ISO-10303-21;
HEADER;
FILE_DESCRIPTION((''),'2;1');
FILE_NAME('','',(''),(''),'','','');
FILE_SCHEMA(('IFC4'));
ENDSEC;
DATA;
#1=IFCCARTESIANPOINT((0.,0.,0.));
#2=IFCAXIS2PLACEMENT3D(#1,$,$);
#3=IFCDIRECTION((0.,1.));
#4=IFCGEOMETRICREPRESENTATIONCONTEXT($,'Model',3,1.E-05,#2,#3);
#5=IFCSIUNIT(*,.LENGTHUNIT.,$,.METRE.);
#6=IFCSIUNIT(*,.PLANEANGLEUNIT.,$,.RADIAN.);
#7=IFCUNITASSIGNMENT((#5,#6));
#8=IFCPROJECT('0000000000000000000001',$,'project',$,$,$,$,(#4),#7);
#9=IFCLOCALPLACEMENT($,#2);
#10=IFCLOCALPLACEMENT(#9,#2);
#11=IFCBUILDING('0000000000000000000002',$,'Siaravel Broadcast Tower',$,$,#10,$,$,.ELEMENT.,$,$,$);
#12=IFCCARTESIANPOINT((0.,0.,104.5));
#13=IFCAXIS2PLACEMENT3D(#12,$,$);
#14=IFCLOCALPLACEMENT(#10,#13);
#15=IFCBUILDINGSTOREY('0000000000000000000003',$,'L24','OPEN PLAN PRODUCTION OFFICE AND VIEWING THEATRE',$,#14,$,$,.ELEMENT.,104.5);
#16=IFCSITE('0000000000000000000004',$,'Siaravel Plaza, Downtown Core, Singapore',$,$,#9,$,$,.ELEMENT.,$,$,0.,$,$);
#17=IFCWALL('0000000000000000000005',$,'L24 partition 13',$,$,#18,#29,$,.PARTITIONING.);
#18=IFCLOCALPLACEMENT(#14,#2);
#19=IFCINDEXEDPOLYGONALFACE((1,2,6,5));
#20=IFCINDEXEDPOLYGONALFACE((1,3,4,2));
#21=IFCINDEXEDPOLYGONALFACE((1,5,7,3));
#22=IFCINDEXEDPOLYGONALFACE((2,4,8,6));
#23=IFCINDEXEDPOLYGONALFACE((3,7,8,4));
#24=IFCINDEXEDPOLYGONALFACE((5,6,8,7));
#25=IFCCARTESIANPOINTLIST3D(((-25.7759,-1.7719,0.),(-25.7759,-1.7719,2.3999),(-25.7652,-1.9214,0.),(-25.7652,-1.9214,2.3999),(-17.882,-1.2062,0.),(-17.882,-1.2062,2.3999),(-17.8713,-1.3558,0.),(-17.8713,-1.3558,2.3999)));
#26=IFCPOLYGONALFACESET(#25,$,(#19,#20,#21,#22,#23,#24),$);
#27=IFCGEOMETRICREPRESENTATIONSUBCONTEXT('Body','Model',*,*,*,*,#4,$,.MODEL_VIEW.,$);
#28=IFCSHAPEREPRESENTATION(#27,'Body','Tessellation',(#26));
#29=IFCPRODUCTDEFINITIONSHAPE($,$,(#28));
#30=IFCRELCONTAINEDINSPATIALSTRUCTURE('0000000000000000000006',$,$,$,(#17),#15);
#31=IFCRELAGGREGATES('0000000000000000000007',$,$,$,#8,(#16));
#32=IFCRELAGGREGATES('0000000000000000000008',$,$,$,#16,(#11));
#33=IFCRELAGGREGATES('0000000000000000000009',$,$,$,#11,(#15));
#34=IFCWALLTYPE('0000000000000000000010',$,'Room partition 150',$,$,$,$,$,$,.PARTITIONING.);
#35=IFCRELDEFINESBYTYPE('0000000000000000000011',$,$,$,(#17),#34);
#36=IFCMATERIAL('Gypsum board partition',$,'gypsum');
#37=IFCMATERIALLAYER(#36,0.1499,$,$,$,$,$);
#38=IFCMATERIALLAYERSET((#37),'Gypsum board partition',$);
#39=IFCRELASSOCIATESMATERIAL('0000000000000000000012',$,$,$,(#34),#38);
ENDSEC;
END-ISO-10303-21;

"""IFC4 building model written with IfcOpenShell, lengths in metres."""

from ifc_helpers import new_model, si_unit, direction, frame, frame_2d, origin, place, context, subcontext, project, spatial, rectangle, extrude, material, layer, layer_set, type_object, element, save


model = new_model("IFC4")

# Units and contexts
model_context = context("Model", 3, precision=1e-05, world=origin(), true_north=direction((0.0, 1.0)))
body_context = subcontext(model_context, "Body", "Model", "MODEL_VIEW")
ifc_project = project(units=[si_unit("LENGTHUNIT", "METRE"), si_unit("PLANEANGLEUNIT", "RADIAN")], contexts=[model_context])

# Site, building, storey
site_placement = place(None, origin())
site = spatial("IfcSite", under=ifc_project, at=site_placement, Name="Siaravel Plaza, Downtown Core, Singapore", CompositionType="ELEMENT", RefElevation=0.0)
building_placement = place(site_placement, origin())
building = spatial("IfcBuilding", under=site, at=building_placement, Name="Siaravel Broadcast Tower", CompositionType="ELEMENT")
storey_placement = place(building_placement, frame((0.0, 0.0, 104.5)))
storey = spatial("IfcBuildingStorey", under=building, at=storey_placement, Name="L24", Description="OPEN PLAN PRODUCTION OFFICE AND VIEWING THEATRE", CompositionType="ELEMENT", Elevation=104.5)

# Shared definitions
ifc_material_1 = material(Name="Gypsum board partition", Category="gypsum")

# Wall
ifc_layer_1 = layer(ifc_material_1, 0.1499)
ifc_layer_set_1 = layer_set([ifc_layer_1], Name="Gypsum board partition")
wall_type_1 = type_object("IfcWallType", Name="Room partition 150", PredefinedType="PARTITIONING", material=ifc_layer_set_1)
wall_1_placement = place(storey_placement, frame((-25.7705, -1.8467, 0.0), z_axis=(0.0, 0.0, 1.0), x_axis=(0.997442, 0.071477, 0.0)))
element("IfcWall", 1, at=wall_1_placement, inside=storey, type_object=wall_type_1, Name="L24 partition 13", PredefinedType="PARTITIONING", context=body_context, shape_type="SweptSolid", body=[
    extrude(rectangle(XDim=7.9141, YDim=0.1499, at=frame_2d((3.957, 0.0))), origin(), (0.0, 0.0, 1.0), 2.3999),
])

save(model, "model.ifc")
